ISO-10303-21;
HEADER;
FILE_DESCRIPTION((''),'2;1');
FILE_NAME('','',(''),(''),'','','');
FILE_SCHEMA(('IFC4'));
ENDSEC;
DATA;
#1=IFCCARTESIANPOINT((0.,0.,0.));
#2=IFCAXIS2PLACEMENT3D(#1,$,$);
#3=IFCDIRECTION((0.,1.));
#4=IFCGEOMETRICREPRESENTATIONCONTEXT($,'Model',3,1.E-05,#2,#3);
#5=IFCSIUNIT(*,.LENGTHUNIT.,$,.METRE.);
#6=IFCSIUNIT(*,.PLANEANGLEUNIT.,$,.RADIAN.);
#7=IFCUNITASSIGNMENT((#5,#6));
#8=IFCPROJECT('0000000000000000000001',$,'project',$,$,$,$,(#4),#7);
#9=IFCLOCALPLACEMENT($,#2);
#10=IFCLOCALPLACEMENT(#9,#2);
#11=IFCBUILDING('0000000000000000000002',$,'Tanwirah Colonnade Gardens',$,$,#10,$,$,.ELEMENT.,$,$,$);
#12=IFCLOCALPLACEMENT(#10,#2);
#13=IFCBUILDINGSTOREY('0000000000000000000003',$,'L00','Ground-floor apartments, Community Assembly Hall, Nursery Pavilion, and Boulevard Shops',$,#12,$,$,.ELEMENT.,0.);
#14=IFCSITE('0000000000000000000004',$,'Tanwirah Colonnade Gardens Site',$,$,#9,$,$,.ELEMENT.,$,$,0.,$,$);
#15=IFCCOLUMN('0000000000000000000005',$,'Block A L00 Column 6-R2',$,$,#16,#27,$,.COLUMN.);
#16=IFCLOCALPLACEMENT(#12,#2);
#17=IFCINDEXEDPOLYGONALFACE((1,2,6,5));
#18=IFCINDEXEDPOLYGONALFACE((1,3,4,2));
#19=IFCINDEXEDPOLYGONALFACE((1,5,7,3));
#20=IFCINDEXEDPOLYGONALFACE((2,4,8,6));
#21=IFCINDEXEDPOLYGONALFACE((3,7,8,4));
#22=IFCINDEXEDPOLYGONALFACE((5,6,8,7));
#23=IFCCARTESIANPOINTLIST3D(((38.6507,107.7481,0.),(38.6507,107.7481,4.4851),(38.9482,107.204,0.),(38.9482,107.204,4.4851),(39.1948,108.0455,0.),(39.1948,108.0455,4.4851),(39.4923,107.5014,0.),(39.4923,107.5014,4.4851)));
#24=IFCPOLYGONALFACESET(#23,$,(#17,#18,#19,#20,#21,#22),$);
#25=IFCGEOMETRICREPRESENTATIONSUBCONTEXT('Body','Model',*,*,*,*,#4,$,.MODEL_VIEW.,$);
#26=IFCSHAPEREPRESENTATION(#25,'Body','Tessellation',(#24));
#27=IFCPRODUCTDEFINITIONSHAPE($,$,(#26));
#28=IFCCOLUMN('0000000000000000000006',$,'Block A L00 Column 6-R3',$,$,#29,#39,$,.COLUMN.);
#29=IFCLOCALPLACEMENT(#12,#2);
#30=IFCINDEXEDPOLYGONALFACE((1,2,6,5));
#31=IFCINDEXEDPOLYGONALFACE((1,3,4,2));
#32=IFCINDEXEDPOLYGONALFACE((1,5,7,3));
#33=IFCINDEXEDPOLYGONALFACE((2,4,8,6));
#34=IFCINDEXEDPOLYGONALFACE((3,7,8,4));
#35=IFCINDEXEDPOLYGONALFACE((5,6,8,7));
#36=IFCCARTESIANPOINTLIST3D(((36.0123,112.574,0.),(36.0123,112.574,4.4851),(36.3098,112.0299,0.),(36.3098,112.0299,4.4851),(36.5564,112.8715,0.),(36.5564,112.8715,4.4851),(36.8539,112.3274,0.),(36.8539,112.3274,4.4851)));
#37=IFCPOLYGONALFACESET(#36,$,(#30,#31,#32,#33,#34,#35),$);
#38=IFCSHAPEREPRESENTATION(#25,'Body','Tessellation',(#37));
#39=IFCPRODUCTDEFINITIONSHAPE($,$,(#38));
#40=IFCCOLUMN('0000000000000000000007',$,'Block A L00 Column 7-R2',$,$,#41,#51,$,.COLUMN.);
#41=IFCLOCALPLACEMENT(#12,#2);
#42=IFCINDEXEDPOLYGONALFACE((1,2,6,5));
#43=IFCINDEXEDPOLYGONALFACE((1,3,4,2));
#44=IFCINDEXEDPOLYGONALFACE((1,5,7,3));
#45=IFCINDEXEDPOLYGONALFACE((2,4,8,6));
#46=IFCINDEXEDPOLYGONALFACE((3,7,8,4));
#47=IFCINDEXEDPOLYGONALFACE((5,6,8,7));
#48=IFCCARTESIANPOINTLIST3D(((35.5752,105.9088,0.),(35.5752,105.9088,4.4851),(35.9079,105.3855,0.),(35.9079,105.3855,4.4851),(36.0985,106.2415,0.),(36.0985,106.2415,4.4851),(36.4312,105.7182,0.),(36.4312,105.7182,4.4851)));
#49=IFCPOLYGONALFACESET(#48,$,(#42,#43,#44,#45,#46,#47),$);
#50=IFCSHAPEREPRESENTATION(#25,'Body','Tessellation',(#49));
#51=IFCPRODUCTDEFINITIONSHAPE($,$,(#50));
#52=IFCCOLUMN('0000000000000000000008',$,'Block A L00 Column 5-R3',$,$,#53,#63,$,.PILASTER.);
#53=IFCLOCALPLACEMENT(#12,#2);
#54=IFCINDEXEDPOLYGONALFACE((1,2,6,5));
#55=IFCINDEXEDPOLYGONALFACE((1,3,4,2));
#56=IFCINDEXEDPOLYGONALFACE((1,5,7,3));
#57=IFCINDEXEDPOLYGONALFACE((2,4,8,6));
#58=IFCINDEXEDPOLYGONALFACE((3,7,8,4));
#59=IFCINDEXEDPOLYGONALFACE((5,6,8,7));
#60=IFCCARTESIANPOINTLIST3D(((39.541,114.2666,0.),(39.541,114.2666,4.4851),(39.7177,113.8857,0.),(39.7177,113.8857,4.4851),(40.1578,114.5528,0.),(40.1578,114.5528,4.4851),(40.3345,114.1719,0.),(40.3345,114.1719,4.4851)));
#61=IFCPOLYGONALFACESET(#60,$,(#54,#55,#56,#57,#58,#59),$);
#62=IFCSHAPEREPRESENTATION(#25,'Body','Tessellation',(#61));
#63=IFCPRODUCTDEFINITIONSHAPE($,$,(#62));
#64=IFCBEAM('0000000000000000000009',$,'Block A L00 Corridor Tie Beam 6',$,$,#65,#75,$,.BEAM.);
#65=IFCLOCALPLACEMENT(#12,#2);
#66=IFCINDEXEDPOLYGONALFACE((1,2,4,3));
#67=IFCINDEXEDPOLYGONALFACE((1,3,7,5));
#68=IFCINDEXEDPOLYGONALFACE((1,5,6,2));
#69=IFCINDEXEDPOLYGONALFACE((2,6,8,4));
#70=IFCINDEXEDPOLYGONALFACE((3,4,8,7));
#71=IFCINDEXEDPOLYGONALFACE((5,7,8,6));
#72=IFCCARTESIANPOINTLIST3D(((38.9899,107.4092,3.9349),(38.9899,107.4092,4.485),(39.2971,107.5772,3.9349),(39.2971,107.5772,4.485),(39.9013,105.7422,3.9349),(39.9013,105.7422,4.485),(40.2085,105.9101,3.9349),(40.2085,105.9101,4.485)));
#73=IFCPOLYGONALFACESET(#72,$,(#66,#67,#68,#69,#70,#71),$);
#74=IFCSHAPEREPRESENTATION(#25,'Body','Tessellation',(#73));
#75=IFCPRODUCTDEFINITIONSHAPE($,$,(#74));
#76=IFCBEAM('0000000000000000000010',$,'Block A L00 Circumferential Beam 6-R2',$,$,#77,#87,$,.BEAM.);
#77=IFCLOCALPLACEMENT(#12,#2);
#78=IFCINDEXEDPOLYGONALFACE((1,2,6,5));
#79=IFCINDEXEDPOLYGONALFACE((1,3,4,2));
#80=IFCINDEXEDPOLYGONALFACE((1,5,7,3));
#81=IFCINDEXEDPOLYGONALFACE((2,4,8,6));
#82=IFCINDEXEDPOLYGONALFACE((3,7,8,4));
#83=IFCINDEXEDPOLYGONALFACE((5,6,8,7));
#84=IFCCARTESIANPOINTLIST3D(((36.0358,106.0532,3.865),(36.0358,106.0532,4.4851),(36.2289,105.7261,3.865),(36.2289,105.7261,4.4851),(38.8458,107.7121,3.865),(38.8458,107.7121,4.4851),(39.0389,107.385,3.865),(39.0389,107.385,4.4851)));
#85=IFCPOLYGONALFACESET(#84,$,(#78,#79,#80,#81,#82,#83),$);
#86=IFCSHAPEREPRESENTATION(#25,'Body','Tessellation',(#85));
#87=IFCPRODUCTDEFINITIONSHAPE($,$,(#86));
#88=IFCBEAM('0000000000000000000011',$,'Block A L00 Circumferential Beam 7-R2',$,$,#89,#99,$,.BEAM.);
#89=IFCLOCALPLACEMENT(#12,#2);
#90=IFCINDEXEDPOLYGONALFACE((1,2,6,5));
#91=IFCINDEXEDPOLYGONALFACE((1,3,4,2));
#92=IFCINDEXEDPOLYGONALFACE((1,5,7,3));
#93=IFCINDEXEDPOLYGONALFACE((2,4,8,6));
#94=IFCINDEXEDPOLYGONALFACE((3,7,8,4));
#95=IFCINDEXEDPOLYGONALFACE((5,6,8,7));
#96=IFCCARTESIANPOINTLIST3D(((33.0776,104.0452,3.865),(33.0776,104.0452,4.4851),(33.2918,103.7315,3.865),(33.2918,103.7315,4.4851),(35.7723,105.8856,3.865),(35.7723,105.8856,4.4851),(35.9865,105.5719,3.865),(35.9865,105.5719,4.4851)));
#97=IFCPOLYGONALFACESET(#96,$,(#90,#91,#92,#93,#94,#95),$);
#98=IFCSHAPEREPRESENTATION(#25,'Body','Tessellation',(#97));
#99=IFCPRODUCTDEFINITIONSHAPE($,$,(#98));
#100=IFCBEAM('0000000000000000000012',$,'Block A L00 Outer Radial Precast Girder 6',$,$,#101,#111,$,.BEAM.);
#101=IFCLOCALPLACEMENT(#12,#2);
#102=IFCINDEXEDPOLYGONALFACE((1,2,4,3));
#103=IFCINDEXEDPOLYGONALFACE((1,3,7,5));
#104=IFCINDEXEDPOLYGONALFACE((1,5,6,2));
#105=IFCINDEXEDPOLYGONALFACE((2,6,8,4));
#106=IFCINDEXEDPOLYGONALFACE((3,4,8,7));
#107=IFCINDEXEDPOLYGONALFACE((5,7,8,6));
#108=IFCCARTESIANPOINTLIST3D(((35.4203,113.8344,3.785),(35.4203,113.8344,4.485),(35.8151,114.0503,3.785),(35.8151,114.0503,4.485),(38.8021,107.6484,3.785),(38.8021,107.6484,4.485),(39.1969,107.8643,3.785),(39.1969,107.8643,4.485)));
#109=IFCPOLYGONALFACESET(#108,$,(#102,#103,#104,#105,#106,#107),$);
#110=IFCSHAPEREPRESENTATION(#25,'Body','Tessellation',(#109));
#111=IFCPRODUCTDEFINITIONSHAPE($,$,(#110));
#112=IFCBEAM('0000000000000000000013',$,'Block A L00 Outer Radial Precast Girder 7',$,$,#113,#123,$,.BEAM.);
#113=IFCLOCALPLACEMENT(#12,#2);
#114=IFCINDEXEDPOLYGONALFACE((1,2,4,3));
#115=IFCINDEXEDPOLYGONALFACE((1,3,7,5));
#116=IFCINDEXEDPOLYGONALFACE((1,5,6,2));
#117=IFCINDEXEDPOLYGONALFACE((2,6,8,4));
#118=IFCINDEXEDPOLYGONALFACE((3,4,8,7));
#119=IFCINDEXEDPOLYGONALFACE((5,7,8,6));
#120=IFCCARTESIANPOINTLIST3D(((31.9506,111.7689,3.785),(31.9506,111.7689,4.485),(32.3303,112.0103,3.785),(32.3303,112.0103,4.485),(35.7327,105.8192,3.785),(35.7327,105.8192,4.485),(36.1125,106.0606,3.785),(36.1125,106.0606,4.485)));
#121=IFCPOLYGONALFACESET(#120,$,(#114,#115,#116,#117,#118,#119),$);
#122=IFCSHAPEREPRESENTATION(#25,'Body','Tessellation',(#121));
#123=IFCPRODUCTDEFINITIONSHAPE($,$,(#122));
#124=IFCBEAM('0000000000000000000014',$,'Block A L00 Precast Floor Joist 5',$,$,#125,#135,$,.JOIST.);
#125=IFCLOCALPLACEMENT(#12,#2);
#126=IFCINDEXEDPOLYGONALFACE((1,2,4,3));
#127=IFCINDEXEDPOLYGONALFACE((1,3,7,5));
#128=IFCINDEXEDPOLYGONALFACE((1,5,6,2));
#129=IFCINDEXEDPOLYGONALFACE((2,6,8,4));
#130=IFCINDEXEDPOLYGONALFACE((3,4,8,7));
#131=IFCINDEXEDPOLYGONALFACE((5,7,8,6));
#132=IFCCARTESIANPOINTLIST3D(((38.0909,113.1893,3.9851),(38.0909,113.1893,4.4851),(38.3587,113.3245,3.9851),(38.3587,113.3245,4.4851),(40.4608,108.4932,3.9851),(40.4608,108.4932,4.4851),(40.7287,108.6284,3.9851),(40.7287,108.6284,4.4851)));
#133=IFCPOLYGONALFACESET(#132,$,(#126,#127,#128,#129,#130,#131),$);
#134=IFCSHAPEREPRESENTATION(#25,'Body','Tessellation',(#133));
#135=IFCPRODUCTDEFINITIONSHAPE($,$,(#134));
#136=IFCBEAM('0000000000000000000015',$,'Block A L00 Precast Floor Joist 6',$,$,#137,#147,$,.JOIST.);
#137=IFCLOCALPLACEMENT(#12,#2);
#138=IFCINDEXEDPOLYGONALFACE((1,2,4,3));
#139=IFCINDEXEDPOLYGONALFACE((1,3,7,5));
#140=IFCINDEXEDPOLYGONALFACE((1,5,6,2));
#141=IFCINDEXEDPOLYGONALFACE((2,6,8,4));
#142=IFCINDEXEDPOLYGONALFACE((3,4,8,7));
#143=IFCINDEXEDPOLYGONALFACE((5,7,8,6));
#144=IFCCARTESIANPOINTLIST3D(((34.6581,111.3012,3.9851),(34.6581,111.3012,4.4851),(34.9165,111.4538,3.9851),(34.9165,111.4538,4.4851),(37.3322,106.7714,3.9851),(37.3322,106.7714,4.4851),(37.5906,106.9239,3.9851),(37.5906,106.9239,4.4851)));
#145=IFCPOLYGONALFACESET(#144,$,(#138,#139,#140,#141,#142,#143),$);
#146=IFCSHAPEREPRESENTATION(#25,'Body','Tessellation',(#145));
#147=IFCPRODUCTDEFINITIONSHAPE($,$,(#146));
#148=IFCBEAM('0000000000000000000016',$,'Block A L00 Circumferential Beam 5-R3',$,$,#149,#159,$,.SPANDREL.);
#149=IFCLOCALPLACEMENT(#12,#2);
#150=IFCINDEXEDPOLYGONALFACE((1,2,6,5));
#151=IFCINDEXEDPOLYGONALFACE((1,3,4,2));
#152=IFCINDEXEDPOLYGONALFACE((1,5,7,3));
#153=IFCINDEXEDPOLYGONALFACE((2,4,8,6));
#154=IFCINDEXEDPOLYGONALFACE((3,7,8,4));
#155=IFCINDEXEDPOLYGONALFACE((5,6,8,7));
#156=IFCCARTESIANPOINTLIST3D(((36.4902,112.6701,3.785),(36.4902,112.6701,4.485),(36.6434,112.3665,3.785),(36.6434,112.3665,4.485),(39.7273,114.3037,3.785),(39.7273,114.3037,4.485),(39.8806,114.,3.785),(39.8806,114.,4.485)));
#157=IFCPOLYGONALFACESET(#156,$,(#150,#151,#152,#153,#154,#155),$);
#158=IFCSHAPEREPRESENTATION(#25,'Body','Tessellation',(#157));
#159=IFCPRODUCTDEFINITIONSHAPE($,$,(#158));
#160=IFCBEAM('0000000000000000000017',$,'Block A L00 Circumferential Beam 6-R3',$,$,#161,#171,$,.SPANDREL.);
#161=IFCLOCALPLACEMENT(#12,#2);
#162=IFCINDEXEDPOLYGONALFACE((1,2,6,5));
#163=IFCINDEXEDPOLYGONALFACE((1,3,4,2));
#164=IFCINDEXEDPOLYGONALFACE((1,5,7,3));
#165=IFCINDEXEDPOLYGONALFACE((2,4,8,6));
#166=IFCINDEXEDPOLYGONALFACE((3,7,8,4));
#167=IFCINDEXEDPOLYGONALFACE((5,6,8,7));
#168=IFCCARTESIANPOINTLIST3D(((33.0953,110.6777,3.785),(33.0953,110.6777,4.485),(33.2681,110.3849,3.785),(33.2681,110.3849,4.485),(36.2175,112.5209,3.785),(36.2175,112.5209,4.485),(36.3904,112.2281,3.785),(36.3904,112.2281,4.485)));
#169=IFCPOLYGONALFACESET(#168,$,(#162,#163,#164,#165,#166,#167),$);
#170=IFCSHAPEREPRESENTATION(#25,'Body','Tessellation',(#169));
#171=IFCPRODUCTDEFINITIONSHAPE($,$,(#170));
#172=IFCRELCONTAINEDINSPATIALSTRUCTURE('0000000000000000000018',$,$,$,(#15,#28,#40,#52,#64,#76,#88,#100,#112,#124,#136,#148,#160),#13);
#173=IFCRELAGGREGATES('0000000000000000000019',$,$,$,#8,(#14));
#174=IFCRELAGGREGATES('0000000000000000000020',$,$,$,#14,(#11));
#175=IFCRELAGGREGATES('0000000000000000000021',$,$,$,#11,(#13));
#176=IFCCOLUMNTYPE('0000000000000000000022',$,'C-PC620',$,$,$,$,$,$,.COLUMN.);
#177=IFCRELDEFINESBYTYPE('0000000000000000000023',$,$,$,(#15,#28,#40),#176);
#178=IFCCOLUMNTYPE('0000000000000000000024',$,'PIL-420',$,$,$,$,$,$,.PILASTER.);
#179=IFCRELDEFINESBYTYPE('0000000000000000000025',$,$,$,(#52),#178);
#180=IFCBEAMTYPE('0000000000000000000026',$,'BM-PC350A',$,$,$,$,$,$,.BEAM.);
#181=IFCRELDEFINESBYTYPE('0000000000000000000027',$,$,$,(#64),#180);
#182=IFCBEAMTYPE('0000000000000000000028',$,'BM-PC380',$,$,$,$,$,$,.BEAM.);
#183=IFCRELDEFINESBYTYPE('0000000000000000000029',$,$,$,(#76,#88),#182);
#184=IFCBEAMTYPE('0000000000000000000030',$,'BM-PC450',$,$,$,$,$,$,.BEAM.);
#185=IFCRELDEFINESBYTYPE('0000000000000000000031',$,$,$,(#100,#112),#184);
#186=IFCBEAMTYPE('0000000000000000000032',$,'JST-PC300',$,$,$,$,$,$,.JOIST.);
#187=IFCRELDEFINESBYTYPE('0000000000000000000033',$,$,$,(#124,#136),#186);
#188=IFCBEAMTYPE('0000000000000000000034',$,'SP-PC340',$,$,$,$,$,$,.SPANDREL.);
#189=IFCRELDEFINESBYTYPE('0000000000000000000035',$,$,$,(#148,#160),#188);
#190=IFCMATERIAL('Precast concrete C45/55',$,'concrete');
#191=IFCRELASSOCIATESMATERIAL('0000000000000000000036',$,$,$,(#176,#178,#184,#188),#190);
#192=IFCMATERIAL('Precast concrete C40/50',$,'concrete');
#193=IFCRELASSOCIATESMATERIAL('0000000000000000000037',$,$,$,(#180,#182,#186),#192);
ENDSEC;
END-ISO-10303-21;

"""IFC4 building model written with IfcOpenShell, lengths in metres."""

from ifc_helpers import new_model, si_unit, direction, frame, origin, origin_2d, place, context, subcontext, project, spatial, rectangle, extrude, material, material_profile, profile_set, type_object, element, save


model = new_model("IFC4")

# Units and contexts
model_context = context("Model", 3, precision=1e-05, world=origin(), true_north=direction((0.0, 1.0)))
body_context = subcontext(model_context, "Body", "Model", "MODEL_VIEW")
ifc_project = project(units=[si_unit("LENGTHUNIT", "METRE"), si_unit("PLANEANGLEUNIT", "RADIAN")], contexts=[model_context])

# Site, building, storey
site_placement = place(None, origin())
site = spatial("IfcSite", under=ifc_project, at=site_placement, Name="Tanwirah Colonnade Gardens Site", CompositionType="ELEMENT", RefElevation=0.0)
building_placement = place(site_placement, origin())
building = spatial("IfcBuilding", under=site, at=building_placement, Name="Tanwirah Colonnade Gardens", CompositionType="ELEMENT")
storey_placement = place(building_placement, origin())
storey = spatial("IfcBuildingStorey", under=building, at=storey_placement, Name="L00", Description="Ground-floor apartments, Community Assembly Hall, Nursery Pavilion, and Boulevard Shops", CompositionType="ELEMENT", Elevation=0.0)

# Columns
ifc_material_1 = material(Name="Precast concrete C45/55", Category="concrete")
ifc_material_profile_1 = material_profile(ifc_material_1, rectangle(XDim=0.6201, YDim=0.6201, at=origin_2d()), Name="PC-COL 620x620")
ifc_profile_set_1 = profile_set([ifc_material_profile_1], Name="Precast concrete C45/55")
column_type_1 = type_object("IfcColumnType", Name="C-PC620", PredefinedType="COLUMN", material=ifc_profile_set_1)
for number, where, z_axis, x_axis, name in (
    (1, (39.0715, 107.6248, 0.0), (0.0, 0.0, 1.0), (-0.479713, 0.877425, 0.0), "Block A L00 Column 6-R2"),
    (2, (36.4331, 112.4507, 0.0), (0.0, 0.0, 1.0), (-0.479713, 0.877425, 0.0), "Block A L00 Column 6-R3"),
    (3, (36.0032, 105.8135, 0.0), (0.0, 0.0, 1.0), (-0.536482, 0.843912, 0.0), "Block A L00 Column 7-R2"),
):
    element("IfcColumn", number, at=place(storey_placement, frame(where, z_axis=z_axis, x_axis=x_axis)), inside=storey, type_object=column_type_1, Name=name, PredefinedType="COLUMN", context=body_context, shape_type="SweptSolid", body=[
        extrude(rectangle(XDim=0.6201, YDim=0.6201, at=origin_2d()), origin(), (0.0, 0.0, 1.0), 4.4851),
    ])
ifc_material_profile_2 = material_profile(ifc_material_1, rectangle(XDim=0.4199, YDim=0.6799, at=origin_2d()), Name="PC-PIL 420x680")
ifc_profile_set_2 = profile_set([ifc_material_profile_2], Name="Precast concrete C45/55")
column_type_2 = type_object("IfcColumnType", Name="PIL-420", PredefinedType="PILASTER", material=ifc_profile_set_2)
column_placement = place(storey_placement, frame((39.9377, 114.2192, 0.0), z_axis=(0.0, 0.0, 1.0), x_axis=(-0.42086, 0.907126, 0.0)))
element("IfcColumn", 4, at=column_placement, inside=storey, type_object=column_type_2, Name="Block A L00 Column 5-R3", PredefinedType="PILASTER", context=body_context, shape_type="SweptSolid", body=[
    extrude(rectangle(XDim=0.4199, YDim=0.6799, at=origin_2d()), origin(), (0.0, 0.0, 1.0), 4.4851),
])

# Beams
ifc_material_2 = material(Name="Precast concrete C40/50", Category="concrete")
ifc_material_profile_3 = material_profile(ifc_material_2, rectangle(XDim=0.3501, YDim=0.55, at=origin_2d()), Name="PC-BM 350x550")
ifc_profile_set_3 = profile_set([ifc_material_profile_3], Name="Precast concrete C40/50")
beam_type_1 = type_object("IfcBeamType", Name="BM-PC350A", PredefinedType="BEAM", material=ifc_profile_set_3)
beam_1_placement = place(storey_placement, frame((40.0549, 105.8262, 4.21), z_axis=(-0.479707, 0.877429, 0.0), x_axis=(-0.877429, -0.479707, 0.0)))
element("IfcBeam", 5, at=beam_1_placement, inside=storey, type_object=beam_type_1, Name="Block A L00 Corridor Tie Beam 6", PredefinedType="BEAM", context=body_context, shape_type="SweptSolid", body=[
    extrude(rectangle(XDim=0.3501, YDim=0.55, at=origin_2d()), origin(), (0.0, 0.0, 1.0), 1.8999),
])
ifc_material_profile_4 = material_profile(ifc_material_2, rectangle(XDim=0.3799, YDim=0.6201, at=origin_2d()), Name="PC-BM 380x620")
ifc_profile_set_4 = profile_set([ifc_material_profile_4], Name="Precast concrete C40/50")
beam_type_2 = type_object("IfcBeamType", Name="BM-PC380", PredefinedType="BEAM", material=ifc_profile_set_4)
for number, where, z_axis, x_axis, name in (
    (6, (38.9424, 107.5486, 4.175), (-0.861135, -0.508376, 0.0), (0.508376, -0.861135, 0.0), "Block A L00 Circumferential Beam 6-R2"),
    (7, (35.8794, 105.7288, 4.175), (-0.825782, -0.563989, 0.0), (0.563989, -0.825782, 0.0), "Block A L00 Circumferential Beam 7-R2"),
):
    element("IfcBeam", number, at=place(storey_placement, frame(where, z_axis=z_axis, x_axis=x_axis)), inside=storey, type_object=beam_type_2, Name=name, PredefinedType="BEAM", context=body_context, shape_type="SweptSolid", body=[
        extrude(rectangle(XDim=0.3799, YDim=0.6201, at=origin_2d()), origin(), (0.0, 0.0, 1.0), 3.2632),
    ])
ifc_material_profile_5 = material_profile(ifc_material_1, rectangle(XDim=0.45, YDim=0.7, at=origin_2d()), Name="PC-BM 450x700")
ifc_profile_set_5 = profile_set([ifc_material_profile_5], Name="Precast concrete C45/55")
beam_type_3 = type_object("IfcBeamType", Name="BM-PC450", PredefinedType="BEAM", material=ifc_profile_set_5)
for number, where, z_axis, x_axis, name in (
    (8, (38.9995, 107.7563, 4.135), (-0.479687, 0.87744, 0.0), (-0.87744, -0.479687, 0.0), "Block A L00 Outer Radial Precast Girder 6"),
    (9, (35.9226, 105.9399, 4.135), (-0.536477, 0.843915, 0.0), (-0.843915, -0.536477, 0.0), "Block A L00 Outer Radial Precast Girder 7"),
):
    element("IfcBeam", number, at=place(storey_placement, frame(where, z_axis=z_axis, x_axis=x_axis)), inside=storey, type_object=beam_type_3, Name=name, PredefinedType="BEAM", context=body_context, shape_type="SweptSolid", body=[
        extrude(rectangle(XDim=0.45, YDim=0.7, at=origin_2d()), origin(), (0.0, 0.0, 1.0), 7.05),
    ])
ifc_material_profile_6 = material_profile(ifc_material_2, rectangle(XDim=0.3, YDim=0.5, at=origin_2d()), Name="PC-JST 300x500")
ifc_profile_set_6 = profile_set([ifc_material_profile_6], Name="Precast concrete C40/50")
beam_type_4 = type_object("IfcBeamType", Name="JST-PC300", PredefinedType="JOIST", material=ifc_profile_set_6)
for number, where, z_axis, x_axis, name in (
    (10, (40.5947, 108.5608, 4.2351), (-0.450534, 0.892759, 0.0), (-0.892759, -0.450534, 0.0), "Block A L00 Precast Floor Joist 5"),
    (11, (37.4614, 106.8477, 4.2351), (-0.50836, 0.861145, 0.0), (-0.861145, -0.50836, 0.0), "Block A L00 Precast Floor Joist 6"),
):
    element("IfcBeam", number, at=place(storey_placement, frame(where, z_axis=z_axis, x_axis=x_axis)), inside=storey, type_object=beam_type_4, Name=name, PredefinedType="JOIST", context=body_context, shape_type="SweptSolid", body=[
        extrude(rectangle(XDim=0.3, YDim=0.5, at=origin_2d()), origin(), (0.0, 0.0, 1.0), 5.2603),
    ])
ifc_material_profile_7 = material_profile(ifc_material_1, rectangle(XDim=0.3401, YDim=0.7, at=origin_2d()), Name="PC-SP 340x700")
ifc_profile_set_7 = profile_set([ifc_material_profile_7], Name="Precast concrete C45/55")
beam_type_5 = type_object("IfcBeamType", Name="SP-PC340", PredefinedType="SPANDREL", material=ifc_profile_set_7)
beam_2_placement = place(storey_placement, frame((39.804, 114.1519, 4.135), z_axis=(-0.892765, -0.450523, 0.0), x_axis=(0.450523, -0.892765, 0.0)))
element("IfcBeam", 12, at=beam_2_placement, inside=storey, type_object=beam_type_5, Name="Block A L00 Circumferential Beam 5-R3", PredefinedType="SPANDREL", context=body_context, shape_type="SweptSolid", body=[
    extrude(rectangle(XDim=0.3401, YDim=0.7, at=origin_2d()), origin(), (0.0, 0.0, 1.0), 3.626),
])
beam_3_placement = place(storey_placement, frame((36.304, 112.3745, 4.135), z_axis=(-0.861137, -0.508373, 0.0), x_axis=(0.508373, -0.861137, 0.0)))
element("IfcBeam", 13, at=beam_3_placement, inside=storey, type_object=beam_type_5, Name="Block A L00 Circumferential Beam 6-R3", PredefinedType="SPANDREL", context=body_context, shape_type="SweptSolid", body=[
    extrude(rectangle(XDim=0.3401, YDim=0.7, at=origin_2d()), origin(), (0.0, 0.0, 1.0), 3.6257),
])

save(model, "model.ifc")
